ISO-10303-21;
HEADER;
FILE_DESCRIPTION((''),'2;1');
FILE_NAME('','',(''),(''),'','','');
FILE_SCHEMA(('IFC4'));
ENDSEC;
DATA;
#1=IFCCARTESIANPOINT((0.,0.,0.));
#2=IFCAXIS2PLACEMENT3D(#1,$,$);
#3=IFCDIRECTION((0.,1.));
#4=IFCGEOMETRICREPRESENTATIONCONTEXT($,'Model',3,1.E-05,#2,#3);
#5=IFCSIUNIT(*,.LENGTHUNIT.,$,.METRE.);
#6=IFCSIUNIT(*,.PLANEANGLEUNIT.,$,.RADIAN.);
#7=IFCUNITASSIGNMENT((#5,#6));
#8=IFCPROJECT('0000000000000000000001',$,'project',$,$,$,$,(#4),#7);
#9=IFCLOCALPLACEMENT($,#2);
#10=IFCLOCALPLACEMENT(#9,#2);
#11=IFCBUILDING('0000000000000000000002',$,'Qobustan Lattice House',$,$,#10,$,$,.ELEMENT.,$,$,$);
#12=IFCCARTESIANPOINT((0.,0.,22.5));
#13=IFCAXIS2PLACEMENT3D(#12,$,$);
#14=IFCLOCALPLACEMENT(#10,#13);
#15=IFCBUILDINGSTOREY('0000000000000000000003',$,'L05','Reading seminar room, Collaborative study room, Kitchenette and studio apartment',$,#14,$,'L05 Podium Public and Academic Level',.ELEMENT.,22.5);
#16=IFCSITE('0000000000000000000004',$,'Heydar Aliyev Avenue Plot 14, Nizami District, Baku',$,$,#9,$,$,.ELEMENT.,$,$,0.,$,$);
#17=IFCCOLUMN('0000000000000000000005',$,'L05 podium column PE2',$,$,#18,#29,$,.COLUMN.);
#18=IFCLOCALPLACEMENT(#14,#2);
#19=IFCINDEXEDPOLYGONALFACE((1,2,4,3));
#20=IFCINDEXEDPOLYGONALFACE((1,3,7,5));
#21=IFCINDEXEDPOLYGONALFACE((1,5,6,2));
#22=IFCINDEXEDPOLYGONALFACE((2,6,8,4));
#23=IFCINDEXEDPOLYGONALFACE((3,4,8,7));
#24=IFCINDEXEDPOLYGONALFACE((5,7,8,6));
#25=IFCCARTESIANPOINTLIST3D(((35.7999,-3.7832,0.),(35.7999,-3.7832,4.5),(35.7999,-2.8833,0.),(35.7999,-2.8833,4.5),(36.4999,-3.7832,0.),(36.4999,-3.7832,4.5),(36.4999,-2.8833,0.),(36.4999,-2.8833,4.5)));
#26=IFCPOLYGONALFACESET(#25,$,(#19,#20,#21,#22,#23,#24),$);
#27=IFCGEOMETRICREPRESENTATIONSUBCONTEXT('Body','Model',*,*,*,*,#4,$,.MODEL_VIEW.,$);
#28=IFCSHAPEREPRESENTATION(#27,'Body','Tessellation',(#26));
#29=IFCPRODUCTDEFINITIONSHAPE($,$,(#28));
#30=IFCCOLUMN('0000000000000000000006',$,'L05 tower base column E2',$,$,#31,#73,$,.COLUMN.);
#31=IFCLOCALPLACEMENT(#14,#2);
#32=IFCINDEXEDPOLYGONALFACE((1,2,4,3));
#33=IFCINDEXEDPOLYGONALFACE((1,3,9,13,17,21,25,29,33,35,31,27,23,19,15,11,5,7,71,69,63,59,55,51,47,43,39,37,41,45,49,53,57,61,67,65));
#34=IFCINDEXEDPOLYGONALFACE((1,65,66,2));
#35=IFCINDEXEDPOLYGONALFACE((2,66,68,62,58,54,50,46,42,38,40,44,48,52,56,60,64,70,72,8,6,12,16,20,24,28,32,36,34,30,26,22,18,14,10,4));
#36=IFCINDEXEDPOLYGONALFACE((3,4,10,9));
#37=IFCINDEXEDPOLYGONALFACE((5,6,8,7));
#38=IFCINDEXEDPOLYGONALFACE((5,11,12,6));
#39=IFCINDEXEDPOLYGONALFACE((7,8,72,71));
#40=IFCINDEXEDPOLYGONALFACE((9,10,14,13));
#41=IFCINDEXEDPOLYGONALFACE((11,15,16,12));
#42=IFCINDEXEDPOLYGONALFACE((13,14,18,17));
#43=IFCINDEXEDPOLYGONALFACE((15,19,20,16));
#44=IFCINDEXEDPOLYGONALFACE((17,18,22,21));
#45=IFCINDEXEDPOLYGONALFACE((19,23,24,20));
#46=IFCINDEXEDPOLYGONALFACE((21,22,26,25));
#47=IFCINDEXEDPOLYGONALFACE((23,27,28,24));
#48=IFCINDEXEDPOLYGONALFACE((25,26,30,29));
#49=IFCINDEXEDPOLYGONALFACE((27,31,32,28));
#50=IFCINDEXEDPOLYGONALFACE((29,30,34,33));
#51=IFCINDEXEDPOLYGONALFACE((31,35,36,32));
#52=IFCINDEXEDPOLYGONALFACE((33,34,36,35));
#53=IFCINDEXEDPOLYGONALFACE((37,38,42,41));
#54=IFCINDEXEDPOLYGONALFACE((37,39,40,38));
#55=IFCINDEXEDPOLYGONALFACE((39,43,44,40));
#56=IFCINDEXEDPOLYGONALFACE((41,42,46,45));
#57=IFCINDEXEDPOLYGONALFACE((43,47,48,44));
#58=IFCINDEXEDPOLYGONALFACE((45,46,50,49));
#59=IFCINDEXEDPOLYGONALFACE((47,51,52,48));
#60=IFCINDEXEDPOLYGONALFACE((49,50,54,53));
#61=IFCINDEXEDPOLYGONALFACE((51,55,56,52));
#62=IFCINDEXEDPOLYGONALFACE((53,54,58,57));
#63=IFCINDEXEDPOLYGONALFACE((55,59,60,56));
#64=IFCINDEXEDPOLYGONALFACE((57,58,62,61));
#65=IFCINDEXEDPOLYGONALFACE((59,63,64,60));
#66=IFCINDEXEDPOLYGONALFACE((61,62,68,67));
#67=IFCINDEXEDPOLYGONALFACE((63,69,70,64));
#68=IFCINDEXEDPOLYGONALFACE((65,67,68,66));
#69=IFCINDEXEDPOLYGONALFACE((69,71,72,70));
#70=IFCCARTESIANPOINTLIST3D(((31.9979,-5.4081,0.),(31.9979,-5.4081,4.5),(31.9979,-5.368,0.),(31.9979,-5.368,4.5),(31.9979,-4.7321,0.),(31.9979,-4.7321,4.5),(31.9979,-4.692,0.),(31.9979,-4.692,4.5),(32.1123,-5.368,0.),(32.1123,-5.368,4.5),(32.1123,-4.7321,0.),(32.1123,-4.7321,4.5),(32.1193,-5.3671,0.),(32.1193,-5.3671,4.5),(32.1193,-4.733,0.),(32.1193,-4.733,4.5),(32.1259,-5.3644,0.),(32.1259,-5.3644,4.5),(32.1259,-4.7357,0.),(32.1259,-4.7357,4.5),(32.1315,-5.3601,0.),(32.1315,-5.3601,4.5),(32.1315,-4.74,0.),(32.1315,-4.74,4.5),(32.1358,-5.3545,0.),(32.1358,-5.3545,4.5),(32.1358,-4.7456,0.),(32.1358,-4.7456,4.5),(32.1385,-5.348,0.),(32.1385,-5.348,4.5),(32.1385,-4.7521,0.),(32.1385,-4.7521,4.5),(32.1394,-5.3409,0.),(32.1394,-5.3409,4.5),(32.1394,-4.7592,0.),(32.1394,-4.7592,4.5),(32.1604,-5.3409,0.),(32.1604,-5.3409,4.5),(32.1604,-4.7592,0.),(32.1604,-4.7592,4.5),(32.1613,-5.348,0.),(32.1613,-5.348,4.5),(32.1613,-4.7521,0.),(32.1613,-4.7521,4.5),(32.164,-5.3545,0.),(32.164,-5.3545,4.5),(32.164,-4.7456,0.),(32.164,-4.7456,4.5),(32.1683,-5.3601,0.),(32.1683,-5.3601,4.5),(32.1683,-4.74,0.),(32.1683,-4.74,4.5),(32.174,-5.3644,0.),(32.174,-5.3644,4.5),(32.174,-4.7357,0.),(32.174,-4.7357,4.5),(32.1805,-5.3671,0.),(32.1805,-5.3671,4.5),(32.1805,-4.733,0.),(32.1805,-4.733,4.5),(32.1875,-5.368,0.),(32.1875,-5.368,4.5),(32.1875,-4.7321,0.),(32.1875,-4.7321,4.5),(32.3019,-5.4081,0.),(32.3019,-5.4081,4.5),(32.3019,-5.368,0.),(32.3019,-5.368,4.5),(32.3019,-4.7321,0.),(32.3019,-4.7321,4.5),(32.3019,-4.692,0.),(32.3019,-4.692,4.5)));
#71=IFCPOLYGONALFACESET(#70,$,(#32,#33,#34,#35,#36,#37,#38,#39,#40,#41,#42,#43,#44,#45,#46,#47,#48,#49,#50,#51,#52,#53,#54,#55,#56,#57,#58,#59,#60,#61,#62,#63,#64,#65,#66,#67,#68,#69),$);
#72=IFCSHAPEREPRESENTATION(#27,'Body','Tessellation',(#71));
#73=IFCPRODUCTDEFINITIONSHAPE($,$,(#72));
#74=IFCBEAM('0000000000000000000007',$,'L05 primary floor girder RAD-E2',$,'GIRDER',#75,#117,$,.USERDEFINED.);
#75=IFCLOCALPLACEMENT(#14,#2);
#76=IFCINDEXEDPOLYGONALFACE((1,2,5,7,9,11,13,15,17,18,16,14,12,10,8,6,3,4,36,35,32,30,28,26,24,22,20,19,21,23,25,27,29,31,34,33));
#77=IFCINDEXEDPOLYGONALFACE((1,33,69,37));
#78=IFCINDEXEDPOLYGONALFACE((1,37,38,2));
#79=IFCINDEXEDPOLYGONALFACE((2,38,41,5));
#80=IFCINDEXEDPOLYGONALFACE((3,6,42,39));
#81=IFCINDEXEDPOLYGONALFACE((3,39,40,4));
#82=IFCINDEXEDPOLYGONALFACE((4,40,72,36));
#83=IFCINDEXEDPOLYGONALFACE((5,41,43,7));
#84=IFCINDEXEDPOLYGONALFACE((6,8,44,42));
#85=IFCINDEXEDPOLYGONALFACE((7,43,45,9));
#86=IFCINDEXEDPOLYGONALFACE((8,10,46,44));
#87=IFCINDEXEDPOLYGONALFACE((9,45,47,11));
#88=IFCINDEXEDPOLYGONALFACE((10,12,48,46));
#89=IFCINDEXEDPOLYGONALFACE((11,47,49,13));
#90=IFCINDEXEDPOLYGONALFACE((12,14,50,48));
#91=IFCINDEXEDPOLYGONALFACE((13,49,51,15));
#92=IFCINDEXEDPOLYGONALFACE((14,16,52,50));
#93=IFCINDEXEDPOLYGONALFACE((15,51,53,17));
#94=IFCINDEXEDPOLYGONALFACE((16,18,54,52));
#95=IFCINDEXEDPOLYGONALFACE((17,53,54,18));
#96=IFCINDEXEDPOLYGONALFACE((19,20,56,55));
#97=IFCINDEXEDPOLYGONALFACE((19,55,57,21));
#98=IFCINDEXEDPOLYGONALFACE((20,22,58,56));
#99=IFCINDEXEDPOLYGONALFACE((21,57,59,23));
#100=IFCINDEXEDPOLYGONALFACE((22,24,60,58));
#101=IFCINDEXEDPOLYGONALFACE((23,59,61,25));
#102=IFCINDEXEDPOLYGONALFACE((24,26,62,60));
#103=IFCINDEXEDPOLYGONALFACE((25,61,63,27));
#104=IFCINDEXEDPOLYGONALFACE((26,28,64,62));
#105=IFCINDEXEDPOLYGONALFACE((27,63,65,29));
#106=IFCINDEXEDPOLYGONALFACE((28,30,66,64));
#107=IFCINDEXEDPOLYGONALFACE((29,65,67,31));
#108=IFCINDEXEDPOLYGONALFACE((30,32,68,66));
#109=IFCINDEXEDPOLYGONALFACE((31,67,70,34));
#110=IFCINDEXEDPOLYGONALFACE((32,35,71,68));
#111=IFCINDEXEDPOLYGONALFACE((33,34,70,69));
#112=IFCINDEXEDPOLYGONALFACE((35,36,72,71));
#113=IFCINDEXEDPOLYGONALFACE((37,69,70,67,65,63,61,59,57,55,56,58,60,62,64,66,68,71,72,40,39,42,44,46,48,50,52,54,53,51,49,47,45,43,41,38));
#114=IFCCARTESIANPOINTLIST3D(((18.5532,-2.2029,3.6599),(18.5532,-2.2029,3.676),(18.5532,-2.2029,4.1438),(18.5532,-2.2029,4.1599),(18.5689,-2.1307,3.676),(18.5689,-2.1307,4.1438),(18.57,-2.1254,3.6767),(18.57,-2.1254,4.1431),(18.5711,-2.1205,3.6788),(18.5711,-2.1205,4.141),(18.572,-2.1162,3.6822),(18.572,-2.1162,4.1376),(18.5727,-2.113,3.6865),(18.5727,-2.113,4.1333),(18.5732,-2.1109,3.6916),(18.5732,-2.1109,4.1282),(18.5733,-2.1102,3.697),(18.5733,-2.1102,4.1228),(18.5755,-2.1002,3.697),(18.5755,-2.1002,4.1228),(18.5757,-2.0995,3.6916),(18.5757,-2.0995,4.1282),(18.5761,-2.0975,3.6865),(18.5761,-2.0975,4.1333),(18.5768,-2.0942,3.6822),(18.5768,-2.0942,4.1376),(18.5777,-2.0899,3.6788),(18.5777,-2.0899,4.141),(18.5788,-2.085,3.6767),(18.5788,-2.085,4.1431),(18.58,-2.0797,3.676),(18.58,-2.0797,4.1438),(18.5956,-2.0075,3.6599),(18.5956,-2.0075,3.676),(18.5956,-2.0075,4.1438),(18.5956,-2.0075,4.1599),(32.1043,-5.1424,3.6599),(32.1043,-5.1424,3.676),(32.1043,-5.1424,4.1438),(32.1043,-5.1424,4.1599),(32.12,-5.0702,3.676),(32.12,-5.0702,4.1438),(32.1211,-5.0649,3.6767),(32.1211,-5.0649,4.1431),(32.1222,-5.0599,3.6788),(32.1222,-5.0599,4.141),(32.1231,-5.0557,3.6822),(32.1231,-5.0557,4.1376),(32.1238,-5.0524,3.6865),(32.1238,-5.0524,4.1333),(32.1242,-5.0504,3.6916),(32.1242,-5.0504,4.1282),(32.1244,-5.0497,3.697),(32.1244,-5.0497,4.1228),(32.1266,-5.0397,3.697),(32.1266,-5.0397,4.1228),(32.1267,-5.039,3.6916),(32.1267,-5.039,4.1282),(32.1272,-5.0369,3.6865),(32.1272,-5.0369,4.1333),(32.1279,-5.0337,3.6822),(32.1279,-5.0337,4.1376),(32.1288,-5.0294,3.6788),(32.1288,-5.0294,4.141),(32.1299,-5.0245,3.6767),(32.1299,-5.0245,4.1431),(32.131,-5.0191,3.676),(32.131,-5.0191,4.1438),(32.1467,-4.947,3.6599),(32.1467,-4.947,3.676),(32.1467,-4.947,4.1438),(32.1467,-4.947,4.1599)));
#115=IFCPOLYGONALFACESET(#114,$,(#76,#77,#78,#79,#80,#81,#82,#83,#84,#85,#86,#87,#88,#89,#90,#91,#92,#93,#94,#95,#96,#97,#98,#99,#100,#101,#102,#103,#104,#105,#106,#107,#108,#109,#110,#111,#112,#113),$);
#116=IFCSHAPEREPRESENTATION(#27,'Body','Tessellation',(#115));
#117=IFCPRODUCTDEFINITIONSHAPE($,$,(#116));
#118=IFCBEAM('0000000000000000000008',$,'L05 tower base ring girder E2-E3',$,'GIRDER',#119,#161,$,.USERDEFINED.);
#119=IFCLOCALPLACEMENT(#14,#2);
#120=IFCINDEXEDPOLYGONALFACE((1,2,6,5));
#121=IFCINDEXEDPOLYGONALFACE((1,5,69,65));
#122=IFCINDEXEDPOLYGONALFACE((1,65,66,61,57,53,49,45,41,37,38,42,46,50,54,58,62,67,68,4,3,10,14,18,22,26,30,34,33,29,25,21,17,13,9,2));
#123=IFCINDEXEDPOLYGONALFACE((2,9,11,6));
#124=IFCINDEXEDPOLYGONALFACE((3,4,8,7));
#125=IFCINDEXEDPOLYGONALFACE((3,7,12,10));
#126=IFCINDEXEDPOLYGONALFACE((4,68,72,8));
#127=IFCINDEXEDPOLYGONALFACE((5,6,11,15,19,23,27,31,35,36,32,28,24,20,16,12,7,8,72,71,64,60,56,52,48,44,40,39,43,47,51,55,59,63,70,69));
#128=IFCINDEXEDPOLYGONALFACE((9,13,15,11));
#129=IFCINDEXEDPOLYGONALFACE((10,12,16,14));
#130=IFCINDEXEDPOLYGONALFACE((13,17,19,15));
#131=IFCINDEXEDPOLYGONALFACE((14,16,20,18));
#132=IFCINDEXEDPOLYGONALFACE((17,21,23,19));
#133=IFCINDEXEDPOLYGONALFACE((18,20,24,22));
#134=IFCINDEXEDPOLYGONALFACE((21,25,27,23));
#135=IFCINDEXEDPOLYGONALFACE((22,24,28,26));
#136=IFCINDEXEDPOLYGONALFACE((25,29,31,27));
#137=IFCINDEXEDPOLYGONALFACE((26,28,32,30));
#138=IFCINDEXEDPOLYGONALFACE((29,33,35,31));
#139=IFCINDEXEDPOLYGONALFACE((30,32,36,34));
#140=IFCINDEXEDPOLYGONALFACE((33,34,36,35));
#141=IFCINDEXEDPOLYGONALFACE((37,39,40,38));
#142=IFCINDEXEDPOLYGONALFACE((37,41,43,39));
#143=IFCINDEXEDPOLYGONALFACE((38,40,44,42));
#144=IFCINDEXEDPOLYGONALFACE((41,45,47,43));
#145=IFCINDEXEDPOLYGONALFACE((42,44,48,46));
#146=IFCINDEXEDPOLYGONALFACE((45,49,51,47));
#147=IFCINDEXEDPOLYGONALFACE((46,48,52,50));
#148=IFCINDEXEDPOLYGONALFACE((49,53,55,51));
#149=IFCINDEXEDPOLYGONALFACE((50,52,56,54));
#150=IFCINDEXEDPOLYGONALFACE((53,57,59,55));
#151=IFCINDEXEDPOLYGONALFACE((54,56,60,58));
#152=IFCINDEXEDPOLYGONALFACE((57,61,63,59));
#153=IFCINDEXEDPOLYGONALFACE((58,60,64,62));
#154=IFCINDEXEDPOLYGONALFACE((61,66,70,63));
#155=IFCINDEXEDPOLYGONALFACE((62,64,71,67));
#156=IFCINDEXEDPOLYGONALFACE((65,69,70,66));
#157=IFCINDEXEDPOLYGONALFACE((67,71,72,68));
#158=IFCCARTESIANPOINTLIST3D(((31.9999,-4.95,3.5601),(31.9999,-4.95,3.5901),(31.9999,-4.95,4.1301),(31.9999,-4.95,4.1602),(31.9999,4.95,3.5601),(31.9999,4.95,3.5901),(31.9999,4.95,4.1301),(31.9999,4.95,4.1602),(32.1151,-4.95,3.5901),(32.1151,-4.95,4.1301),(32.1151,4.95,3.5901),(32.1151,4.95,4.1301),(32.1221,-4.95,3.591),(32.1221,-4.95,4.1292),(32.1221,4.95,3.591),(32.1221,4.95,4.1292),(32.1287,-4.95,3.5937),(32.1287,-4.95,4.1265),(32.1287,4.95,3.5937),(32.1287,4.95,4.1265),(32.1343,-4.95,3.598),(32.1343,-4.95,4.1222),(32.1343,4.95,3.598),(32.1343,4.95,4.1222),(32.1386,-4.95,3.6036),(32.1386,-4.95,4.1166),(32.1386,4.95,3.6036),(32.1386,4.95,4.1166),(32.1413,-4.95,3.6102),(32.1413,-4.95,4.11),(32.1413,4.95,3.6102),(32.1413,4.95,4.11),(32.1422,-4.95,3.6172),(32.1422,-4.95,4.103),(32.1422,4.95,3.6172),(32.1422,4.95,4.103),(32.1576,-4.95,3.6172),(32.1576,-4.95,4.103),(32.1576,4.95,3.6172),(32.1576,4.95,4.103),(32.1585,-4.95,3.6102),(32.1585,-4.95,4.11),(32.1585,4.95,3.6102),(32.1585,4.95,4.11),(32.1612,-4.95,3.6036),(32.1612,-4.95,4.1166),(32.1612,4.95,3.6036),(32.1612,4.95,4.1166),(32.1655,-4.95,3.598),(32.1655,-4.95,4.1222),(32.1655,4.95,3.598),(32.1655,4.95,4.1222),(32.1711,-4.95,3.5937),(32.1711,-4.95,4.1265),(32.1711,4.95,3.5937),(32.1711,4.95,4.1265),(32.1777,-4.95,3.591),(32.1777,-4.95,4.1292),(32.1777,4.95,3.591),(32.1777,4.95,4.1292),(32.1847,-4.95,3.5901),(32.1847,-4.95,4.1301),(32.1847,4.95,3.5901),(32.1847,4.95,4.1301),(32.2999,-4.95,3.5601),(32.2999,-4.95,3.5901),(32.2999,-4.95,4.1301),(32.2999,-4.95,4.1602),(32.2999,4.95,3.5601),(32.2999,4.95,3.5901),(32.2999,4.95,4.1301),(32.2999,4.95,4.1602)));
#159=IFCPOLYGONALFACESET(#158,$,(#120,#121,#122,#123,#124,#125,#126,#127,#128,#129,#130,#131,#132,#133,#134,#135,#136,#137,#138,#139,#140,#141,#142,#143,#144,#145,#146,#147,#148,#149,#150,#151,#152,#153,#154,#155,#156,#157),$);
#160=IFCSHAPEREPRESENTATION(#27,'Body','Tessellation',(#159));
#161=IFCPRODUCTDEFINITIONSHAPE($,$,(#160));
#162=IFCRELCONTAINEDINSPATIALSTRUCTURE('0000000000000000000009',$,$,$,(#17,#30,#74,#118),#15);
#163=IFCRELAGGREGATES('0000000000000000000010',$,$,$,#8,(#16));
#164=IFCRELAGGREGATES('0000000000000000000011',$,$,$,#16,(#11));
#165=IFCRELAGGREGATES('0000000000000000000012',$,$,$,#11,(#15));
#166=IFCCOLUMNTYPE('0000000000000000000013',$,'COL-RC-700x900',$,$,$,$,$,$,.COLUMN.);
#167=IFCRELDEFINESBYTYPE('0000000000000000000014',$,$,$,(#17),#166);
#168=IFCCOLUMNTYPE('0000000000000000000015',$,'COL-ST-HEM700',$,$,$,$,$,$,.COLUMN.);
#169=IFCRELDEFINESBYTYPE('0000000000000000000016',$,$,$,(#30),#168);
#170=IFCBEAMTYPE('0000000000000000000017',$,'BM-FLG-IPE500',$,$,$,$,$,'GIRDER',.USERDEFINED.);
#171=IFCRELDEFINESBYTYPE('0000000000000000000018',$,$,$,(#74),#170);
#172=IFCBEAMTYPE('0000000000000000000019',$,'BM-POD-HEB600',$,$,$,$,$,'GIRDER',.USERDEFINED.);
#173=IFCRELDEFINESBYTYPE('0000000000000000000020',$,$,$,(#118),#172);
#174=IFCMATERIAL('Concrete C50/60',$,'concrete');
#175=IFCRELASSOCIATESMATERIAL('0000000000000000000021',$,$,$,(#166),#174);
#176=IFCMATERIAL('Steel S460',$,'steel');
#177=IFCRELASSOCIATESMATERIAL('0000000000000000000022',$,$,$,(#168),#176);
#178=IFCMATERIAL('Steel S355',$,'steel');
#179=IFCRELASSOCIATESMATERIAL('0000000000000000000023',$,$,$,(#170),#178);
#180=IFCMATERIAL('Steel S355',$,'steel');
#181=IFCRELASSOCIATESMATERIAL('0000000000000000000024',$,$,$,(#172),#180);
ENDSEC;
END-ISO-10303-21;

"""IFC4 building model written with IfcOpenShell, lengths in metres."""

from ifc_helpers import new_model, si_unit, direction, frame, origin, origin_2d, place, context, subcontext, project, spatial, rectangle, i_section, extrude, material, material_profile, profile_set, type_object, element, save


model = new_model("IFC4")

# Units and contexts
model_context = context("Model", 3, precision=1e-05, world=origin(), true_north=direction((0.0, 1.0)))
body_context = subcontext(model_context, "Body", "Model", "MODEL_VIEW")
ifc_project = project(units=[si_unit("LENGTHUNIT", "METRE"), si_unit("PLANEANGLEUNIT", "RADIAN")], contexts=[model_context])

# Site, building, storey
site_placement = place(None, origin())
site = spatial("IfcSite", under=ifc_project, at=site_placement, Name="Heydar Aliyev Avenue Plot 14, Nizami District, Baku", CompositionType="ELEMENT", RefElevation=0.0)
building_placement = place(site_placement, origin())
building = spatial("IfcBuilding", under=site, at=building_placement, Name="Qobustan Lattice House", CompositionType="ELEMENT")
storey_placement = place(building_placement, frame((0.0, 0.0, 22.5)))
storey = spatial("IfcBuildingStorey", under=building, at=storey_placement, Name="L05", Description="Reading seminar room, Collaborative study room, Kitchenette and studio apartment", LongName="L05 Podium Public and Academic Level", CompositionType="ELEMENT", Elevation=22.5)

# Columns
ifc_material_1 = material(Name="Concrete C50/60", Category="concrete")
ifc_material_profile_1 = material_profile(ifc_material_1, rectangle(XDim=0.7, YDim=0.8999, at=origin_2d()), Name="RC700x900")
ifc_profile_set_1 = profile_set([ifc_material_profile_1], Name="Concrete C50/60")
column_type_1 = type_object("IfcColumnType", Name="COL-RC-700x900", PredefinedType="COLUMN", material=ifc_profile_set_1)
column_1_placement = place(storey_placement, frame((36.1499, -3.3333, 0.0), z_axis=(0.0, 0.0, 1.0), x_axis=(1.0, 0.0, 0.0)))
element("IfcColumn", 1, at=column_1_placement, inside=storey, type_object=column_type_1, Name="L05 podium column PE2", PredefinedType="COLUMN", context=body_context, shape_type="SweptSolid", body=[
    extrude(rectangle(XDim=0.7, YDim=0.8999, at=origin_2d()), origin(), (0.0, 0.0, 1.0), 4.5),
])
ifc_material_2 = material(Name="Steel S460", Category="steel")
ifc_material_profile_2 = material_profile(ifc_material_2, i_section(OverallWidth=0.304, OverallDepth=0.7161, WebThickness=0.021, FlangeThickness=0.04, FilletRadius=0.0271, at=origin_2d()), Name="HEM700")
ifc_profile_set_2 = profile_set([ifc_material_profile_2], Name="Steel S460")
column_type_2 = type_object("IfcColumnType", Name="COL-ST-HEM700", PredefinedType="COLUMN", material=ifc_profile_set_2)
column_2_placement = place(storey_placement, frame((32.1499, -5.05, 0.0), z_axis=(0.0, 0.0, 1.0), x_axis=(1.0, 0.0, 0.0)))
element("IfcColumn", 2, at=column_2_placement, inside=storey, type_object=column_type_2, Name="L05 tower base column E2", PredefinedType="COLUMN", context=body_context, shape_type="SweptSolid", body=[
    extrude(i_section(OverallWidth=0.304, OverallDepth=0.7161, WebThickness=0.021, FlangeThickness=0.04, FilletRadius=0.0271, at=origin_2d()), origin(), (0.0, 0.0, 1.0), 4.5),
])

# Beams
ifc_material_3 = material(Name="Steel S355", Category="steel")
ifc_material_profile_3 = material_profile(ifc_material_3, i_section(OverallWidth=0.2, OverallDepth=0.5, WebThickness=0.0103, FlangeThickness=0.0161, FilletRadius=0.021, at=origin_2d()), Name="IPE500")
ifc_profile_set_3 = profile_set([ifc_material_profile_3], Name="Steel S355")
beam_type_1 = type_object("IfcBeamType", Name="BM-FLG-IPE500", ElementType="GIRDER", PredefinedType="USERDEFINED", material=ifc_profile_set_3)
beam_1_placement = place(storey_placement, frame((32.1255, -5.0447, 3.9099), z_axis=(-0.977272, 0.211987, 0.0), x_axis=(-0.211987, -0.977272, 0.0)))
element("IfcBeam", 3, at=beam_1_placement, inside=storey, type_object=beam_type_1, Name="L05 primary floor girder RAD-E2", ObjectType="GIRDER", PredefinedType="USERDEFINED", context=body_context, shape_type="SweptSolid", body=[
    extrude(i_section(OverallWidth=0.2, OverallDepth=0.5, WebThickness=0.0103, FlangeThickness=0.0161, FilletRadius=0.021, at=origin_2d()), origin(), (0.0, 0.0, 1.0), 13.8662),
])
ifc_material_4 = material(Name="Steel S355", Category="steel")
ifc_material_profile_4 = material_profile(ifc_material_4, i_section(OverallWidth=0.3, OverallDepth=0.6001, WebThickness=0.0154, FlangeThickness=0.03, FilletRadius=0.0271, at=origin_2d()), Name="HEB600")
ifc_profile_set_4 = profile_set([ifc_material_profile_4], Name="Steel S355")
beam_type_2 = type_object("IfcBeamType", Name="BM-POD-HEB600", ElementType="GIRDER", PredefinedType="USERDEFINED", material=ifc_profile_set_4)
beam_2_placement = place(storey_placement, frame((32.1499, -4.95, 3.8601), z_axis=(0.0, 1.0, 0.0), x_axis=(-1.0, 0.0, 0.0)))
element("IfcBeam", 4, at=beam_2_placement, inside=storey, type_object=beam_type_2, Name="L05 tower base ring girder E2-E3", ObjectType="GIRDER", PredefinedType="USERDEFINED", context=body_context, shape_type="SweptSolid", body=[
    extrude(i_section(OverallWidth=0.3, OverallDepth=0.6001, WebThickness=0.0154, FlangeThickness=0.03, FilletRadius=0.0271, at=origin_2d()), origin(), (0.0, 0.0, 1.0), 9.8999),
])

save(model, "model.ifc")
